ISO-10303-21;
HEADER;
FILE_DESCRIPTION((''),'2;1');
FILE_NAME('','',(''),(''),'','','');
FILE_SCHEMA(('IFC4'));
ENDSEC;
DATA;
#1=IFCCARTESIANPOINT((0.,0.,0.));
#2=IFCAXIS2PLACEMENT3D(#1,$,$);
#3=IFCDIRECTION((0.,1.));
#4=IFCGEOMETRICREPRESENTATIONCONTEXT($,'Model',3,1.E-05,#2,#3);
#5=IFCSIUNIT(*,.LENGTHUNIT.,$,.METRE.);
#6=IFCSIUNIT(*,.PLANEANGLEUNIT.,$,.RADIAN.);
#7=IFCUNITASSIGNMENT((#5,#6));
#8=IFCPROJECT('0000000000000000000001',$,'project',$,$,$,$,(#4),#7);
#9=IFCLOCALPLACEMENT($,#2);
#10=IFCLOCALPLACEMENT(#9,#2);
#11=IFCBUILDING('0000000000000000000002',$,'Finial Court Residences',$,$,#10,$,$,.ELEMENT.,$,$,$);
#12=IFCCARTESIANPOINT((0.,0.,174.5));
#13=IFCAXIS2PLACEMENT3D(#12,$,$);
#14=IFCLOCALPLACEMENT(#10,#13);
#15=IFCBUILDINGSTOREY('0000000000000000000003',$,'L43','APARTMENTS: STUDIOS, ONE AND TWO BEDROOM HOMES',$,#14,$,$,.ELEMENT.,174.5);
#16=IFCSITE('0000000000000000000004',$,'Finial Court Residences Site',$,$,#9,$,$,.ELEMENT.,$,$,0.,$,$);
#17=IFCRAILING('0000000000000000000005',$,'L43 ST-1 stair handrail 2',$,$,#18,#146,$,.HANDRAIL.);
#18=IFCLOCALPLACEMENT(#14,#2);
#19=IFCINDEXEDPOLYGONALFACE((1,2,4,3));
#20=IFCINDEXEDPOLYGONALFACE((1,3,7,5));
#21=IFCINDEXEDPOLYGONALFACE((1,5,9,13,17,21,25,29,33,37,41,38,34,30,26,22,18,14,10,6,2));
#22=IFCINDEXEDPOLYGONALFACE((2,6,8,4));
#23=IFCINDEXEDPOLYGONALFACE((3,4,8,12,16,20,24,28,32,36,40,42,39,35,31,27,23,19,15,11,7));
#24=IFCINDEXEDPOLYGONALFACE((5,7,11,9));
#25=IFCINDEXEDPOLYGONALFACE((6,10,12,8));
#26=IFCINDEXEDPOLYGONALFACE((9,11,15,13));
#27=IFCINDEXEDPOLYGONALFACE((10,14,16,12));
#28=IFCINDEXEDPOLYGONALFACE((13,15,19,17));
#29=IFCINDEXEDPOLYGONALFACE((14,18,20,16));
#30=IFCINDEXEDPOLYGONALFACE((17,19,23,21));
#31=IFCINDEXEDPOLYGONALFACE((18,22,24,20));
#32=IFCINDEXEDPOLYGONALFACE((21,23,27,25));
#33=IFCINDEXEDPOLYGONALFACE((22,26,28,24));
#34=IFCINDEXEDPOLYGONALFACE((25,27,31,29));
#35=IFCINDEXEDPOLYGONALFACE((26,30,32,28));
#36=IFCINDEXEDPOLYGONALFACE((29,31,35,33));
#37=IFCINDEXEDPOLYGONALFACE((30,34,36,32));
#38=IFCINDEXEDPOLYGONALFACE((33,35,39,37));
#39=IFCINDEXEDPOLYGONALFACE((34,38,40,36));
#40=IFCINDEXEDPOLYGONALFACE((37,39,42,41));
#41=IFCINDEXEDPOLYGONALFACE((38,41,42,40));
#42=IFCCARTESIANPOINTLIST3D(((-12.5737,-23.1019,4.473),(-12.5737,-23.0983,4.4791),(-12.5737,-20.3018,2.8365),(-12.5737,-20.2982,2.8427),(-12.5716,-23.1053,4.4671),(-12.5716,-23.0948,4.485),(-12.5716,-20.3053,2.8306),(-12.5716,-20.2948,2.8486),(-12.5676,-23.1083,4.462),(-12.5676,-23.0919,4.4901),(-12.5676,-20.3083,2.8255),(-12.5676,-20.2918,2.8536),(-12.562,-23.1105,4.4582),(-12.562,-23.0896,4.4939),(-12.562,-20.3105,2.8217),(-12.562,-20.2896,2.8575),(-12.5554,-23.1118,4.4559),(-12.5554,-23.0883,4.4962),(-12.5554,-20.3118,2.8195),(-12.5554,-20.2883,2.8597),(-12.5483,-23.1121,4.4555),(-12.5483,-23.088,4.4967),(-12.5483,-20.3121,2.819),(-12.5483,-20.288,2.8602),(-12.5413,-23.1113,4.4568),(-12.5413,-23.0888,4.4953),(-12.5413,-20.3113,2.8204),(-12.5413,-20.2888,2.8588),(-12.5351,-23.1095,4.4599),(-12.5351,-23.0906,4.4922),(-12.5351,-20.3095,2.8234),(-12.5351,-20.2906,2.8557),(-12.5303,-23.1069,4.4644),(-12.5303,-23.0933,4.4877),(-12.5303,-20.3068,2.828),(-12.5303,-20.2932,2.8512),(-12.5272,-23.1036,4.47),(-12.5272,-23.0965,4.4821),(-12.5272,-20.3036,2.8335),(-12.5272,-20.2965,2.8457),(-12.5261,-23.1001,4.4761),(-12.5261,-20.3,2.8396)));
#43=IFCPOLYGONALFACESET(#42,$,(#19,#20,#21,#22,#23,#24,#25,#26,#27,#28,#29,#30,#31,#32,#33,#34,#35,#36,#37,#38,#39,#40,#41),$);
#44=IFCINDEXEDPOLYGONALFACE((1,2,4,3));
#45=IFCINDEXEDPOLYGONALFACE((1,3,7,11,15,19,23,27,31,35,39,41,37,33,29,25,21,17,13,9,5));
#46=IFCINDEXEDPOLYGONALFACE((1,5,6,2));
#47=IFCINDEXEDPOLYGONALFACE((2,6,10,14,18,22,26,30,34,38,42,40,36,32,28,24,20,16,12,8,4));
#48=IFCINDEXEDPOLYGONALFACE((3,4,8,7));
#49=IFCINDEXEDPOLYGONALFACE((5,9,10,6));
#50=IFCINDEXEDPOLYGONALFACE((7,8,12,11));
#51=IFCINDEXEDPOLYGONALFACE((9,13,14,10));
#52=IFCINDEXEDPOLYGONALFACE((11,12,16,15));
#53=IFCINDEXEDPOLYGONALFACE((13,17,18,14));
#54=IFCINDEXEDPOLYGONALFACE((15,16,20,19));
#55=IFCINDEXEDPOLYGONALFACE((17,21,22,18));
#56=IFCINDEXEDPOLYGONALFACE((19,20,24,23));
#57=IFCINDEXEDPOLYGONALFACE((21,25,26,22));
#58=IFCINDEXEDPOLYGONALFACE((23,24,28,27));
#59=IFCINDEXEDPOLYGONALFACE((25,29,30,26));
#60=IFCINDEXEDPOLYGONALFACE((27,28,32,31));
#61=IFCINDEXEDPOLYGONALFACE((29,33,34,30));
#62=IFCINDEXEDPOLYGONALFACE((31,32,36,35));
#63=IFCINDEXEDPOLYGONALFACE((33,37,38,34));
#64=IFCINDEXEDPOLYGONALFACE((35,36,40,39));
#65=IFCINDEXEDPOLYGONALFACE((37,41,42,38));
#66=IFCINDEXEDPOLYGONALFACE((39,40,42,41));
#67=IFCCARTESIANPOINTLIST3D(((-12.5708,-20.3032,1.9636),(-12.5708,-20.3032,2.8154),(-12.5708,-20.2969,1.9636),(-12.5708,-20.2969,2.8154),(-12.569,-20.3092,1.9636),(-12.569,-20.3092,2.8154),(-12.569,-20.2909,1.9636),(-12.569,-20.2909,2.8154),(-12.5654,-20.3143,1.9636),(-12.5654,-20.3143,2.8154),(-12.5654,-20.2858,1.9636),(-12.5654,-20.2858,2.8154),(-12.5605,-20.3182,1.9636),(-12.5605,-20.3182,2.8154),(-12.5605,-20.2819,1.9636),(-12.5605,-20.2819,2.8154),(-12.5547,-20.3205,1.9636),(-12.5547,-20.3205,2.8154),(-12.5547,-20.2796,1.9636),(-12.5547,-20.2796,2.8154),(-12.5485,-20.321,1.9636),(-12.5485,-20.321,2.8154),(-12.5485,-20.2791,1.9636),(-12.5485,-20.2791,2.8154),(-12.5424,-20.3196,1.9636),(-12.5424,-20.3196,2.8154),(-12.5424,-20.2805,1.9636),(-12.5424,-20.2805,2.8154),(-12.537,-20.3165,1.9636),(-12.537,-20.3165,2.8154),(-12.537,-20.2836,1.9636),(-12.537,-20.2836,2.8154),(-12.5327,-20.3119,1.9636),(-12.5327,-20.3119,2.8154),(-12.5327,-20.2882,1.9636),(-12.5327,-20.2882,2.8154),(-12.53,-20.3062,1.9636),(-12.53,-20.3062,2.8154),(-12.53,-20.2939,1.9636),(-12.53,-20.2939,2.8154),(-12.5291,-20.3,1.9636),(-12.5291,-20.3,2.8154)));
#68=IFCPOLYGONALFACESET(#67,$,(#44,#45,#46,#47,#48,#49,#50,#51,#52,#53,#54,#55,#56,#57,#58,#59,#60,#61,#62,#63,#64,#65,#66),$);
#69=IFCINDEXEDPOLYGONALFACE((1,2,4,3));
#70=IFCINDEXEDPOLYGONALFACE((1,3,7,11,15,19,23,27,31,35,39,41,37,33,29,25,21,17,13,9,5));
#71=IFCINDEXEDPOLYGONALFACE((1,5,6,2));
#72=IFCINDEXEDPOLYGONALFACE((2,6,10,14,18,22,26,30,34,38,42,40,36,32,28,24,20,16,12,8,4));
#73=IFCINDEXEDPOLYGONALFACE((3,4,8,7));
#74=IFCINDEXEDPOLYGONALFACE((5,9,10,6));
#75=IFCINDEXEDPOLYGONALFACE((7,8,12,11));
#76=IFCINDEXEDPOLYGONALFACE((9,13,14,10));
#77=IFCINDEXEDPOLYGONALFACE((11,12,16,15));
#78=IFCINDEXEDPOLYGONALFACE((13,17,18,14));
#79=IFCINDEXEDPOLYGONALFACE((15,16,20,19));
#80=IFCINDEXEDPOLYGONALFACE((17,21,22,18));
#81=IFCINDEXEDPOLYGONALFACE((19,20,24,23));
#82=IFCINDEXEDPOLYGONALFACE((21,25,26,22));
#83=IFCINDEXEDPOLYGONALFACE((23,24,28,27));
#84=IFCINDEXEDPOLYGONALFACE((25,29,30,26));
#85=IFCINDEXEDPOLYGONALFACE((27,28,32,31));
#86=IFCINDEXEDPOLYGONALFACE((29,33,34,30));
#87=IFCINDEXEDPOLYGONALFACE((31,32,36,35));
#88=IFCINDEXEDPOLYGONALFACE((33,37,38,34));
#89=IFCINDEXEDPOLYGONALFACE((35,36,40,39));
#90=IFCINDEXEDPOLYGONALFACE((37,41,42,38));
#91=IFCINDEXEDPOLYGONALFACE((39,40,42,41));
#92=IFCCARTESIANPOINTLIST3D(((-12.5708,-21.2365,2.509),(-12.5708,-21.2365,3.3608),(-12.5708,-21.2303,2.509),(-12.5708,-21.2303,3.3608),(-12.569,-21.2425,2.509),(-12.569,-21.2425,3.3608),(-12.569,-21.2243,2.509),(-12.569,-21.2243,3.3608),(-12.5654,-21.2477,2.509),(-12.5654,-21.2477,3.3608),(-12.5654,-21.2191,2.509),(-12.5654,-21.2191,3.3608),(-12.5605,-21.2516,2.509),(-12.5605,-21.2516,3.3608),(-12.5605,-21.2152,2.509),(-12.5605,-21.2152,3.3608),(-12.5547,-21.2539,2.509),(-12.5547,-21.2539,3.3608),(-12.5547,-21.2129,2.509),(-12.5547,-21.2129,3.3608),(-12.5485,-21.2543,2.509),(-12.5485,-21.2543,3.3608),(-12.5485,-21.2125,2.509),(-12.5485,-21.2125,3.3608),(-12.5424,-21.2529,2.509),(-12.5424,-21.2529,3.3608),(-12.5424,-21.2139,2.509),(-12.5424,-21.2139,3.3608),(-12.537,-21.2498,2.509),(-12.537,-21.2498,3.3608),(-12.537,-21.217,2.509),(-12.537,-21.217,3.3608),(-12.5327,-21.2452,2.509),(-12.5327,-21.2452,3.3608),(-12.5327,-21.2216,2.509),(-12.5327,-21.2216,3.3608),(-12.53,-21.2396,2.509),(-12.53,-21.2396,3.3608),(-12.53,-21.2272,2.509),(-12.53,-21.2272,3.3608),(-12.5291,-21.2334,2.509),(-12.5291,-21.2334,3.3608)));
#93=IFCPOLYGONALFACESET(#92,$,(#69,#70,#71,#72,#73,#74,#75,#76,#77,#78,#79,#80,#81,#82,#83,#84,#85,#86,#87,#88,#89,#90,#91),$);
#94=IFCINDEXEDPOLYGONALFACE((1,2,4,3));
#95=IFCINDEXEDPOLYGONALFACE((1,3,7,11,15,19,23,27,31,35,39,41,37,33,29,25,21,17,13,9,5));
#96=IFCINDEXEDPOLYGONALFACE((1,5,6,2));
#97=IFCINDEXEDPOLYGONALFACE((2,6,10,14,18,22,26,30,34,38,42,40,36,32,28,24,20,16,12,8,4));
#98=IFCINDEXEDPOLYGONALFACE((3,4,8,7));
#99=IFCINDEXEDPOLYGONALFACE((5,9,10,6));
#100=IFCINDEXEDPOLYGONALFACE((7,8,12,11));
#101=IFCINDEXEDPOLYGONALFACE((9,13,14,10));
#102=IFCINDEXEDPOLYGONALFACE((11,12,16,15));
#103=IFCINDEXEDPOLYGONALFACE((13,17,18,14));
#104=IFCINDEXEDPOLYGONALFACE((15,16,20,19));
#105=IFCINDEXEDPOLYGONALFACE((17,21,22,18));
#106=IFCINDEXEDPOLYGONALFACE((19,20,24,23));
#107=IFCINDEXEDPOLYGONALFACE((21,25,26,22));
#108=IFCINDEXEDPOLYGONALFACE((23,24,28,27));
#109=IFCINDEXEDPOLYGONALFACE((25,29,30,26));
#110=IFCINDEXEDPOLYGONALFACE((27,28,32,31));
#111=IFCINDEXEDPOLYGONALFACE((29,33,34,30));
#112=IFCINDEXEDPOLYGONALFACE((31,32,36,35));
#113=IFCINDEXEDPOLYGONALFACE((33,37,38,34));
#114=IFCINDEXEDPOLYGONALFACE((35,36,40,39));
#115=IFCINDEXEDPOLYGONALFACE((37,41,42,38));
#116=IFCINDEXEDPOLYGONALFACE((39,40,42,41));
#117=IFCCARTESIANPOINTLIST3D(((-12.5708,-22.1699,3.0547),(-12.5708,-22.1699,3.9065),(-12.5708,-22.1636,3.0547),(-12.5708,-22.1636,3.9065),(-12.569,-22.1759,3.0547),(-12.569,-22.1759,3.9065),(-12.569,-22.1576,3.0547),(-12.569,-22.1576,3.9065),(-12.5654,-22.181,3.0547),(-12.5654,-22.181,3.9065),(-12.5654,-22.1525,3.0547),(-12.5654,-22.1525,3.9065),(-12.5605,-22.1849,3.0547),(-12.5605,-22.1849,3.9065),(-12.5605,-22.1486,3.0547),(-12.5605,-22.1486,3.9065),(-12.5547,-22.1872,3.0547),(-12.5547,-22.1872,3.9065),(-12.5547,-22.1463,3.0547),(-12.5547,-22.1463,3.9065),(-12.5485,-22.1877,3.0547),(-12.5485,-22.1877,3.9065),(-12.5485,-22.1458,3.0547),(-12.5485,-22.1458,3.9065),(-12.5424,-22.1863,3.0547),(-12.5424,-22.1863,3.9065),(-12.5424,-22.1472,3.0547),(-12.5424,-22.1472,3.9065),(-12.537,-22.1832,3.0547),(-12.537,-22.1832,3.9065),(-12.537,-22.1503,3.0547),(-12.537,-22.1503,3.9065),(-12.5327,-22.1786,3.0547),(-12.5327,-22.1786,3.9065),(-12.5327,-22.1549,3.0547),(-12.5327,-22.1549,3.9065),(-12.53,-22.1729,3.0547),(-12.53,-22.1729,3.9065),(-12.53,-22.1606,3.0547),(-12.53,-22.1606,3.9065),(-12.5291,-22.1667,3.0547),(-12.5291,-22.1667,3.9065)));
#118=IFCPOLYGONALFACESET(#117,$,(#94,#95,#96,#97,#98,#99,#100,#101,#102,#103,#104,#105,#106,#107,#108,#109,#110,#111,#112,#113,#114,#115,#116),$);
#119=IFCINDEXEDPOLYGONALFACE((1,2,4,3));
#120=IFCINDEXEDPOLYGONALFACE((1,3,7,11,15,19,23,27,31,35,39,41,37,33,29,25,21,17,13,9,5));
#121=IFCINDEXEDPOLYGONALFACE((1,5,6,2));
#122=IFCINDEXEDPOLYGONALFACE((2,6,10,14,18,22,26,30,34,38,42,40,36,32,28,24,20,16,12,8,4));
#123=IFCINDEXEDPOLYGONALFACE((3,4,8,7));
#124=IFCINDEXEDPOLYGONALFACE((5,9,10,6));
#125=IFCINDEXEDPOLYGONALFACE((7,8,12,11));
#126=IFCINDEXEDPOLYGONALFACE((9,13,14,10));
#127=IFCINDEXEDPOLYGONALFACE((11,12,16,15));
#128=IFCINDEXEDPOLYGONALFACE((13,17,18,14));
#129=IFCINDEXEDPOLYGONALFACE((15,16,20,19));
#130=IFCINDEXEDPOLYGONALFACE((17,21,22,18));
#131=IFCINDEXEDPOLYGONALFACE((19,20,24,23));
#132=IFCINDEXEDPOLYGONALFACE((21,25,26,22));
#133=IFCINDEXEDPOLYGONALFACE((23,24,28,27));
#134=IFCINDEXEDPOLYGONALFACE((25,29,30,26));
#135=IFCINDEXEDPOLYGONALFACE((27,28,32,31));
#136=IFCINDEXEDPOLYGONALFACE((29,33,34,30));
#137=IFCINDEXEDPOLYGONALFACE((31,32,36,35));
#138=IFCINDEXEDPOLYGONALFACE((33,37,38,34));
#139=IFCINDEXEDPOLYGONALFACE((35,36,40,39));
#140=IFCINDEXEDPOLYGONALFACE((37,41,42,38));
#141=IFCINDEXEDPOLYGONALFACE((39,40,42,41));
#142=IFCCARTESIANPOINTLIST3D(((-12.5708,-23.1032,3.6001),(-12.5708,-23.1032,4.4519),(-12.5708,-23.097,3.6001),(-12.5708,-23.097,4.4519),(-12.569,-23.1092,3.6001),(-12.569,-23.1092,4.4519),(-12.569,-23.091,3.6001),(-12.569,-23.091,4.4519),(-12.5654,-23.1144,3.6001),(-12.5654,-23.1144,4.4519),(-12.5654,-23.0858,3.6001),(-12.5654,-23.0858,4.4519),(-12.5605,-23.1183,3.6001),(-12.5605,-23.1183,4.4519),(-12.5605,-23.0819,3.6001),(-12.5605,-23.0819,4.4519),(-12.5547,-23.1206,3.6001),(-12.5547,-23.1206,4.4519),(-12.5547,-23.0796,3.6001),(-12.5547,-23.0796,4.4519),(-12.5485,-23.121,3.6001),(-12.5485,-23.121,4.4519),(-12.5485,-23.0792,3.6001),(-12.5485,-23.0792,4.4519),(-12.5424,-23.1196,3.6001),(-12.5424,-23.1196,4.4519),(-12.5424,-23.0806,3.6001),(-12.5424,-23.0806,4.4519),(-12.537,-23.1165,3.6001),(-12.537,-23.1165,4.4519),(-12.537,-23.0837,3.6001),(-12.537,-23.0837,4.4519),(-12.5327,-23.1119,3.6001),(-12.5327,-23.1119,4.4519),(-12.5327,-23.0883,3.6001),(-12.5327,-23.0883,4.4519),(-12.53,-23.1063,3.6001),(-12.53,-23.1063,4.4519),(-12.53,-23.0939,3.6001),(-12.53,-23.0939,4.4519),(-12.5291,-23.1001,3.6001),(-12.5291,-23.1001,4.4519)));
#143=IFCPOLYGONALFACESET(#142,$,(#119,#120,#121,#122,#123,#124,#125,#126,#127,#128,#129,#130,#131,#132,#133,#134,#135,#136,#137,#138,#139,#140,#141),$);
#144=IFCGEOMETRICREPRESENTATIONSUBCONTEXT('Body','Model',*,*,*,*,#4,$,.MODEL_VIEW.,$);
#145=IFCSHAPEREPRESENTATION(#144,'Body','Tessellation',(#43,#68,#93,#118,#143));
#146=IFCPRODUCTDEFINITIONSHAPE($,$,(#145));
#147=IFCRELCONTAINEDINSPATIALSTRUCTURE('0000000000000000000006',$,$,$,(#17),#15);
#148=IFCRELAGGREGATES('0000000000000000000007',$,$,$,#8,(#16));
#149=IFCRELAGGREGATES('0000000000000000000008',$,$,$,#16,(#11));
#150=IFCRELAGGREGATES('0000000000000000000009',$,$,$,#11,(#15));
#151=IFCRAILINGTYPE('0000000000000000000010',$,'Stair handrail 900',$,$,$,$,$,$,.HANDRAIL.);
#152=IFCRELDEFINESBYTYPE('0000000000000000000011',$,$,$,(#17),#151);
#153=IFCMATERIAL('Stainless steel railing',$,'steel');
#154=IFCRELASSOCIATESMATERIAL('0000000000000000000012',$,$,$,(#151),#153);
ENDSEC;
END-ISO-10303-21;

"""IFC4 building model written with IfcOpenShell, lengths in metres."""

from ifc_helpers import new_model, si_unit, direction, frame, origin, origin_2d, place, context, subcontext, project, spatial, circle, extrude, material, type_object, element, save


model = new_model("IFC4")

# Units and contexts
model_context = context("Model", 3, precision=1e-05, world=origin(), true_north=direction((0.0, 1.0)))
body_context = subcontext(model_context, "Body", "Model", "MODEL_VIEW")
ifc_project = project(units=[si_unit("LENGTHUNIT", "METRE"), si_unit("PLANEANGLEUNIT", "RADIAN")], contexts=[model_context])

# Site, building, storey
site_placement = place(None, origin())
site = spatial("IfcSite", under=ifc_project, at=site_placement, Name="Finial Court Residences Site", CompositionType="ELEMENT", RefElevation=0.0)
building_placement = place(site_placement, origin())
building = spatial("IfcBuilding", under=site, at=building_placement, Name="Finial Court Residences", CompositionType="ELEMENT")
storey_placement = place(building_placement, frame((0.0, 0.0, 174.5)))
storey = spatial("IfcBuildingStorey", under=building, at=storey_placement, Name="L43", Description="APARTMENTS: STUDIOS, ONE AND TWO BEDROOM HOMES", CompositionType="ELEMENT", Elevation=174.5)

# Railing
ifc_material_1 = material(Name="Stainless steel railing", Category="steel")
railing_type_1 = type_object("IfcRailingType", Name="Stair handrail 900", PredefinedType="HANDRAIL", material=ifc_material_1)
railing_1_placement = place(storey_placement, frame((-12.55, -20.3, 1.9636)))
element("IfcRailing", 1, at=railing_1_placement, inside=storey, type_object=railing_type_1, Name="L43 ST-1 stair handrail 2", PredefinedType="HANDRAIL", context=body_context, shape_type="SweptSolid", body=[
    extrude(circle(Radius=0.0239, at=origin_2d()), frame((0.0, 0.0, 0.876), z_axis=(0.0, -0.863361, 0.504587), x_axis=(1.0, 0.0, 0.0)), (0.0, 0.0, 1.0), 3.2432),
    extrude(circle(Radius=0.021, at=origin_2d()), origin(), (0.0, 0.0, 1.0), 0.8518),
    extrude(circle(Radius=0.021, at=origin_2d()), frame((0.0, -0.9333, 0.5454)), (0.0, 0.0, 1.0), 0.8518),
    extrude(circle(Radius=0.021, at=origin_2d()), frame((0.0, -1.8667, 1.0911)), (0.0, 0.0, 1.0), 0.8518),
    extrude(circle(Radius=0.021, at=origin_2d()), frame((0.0, -2.8, 1.6365)), (0.0, 0.0, 1.0), 0.8518),
])

save(model, "model.ifc")
